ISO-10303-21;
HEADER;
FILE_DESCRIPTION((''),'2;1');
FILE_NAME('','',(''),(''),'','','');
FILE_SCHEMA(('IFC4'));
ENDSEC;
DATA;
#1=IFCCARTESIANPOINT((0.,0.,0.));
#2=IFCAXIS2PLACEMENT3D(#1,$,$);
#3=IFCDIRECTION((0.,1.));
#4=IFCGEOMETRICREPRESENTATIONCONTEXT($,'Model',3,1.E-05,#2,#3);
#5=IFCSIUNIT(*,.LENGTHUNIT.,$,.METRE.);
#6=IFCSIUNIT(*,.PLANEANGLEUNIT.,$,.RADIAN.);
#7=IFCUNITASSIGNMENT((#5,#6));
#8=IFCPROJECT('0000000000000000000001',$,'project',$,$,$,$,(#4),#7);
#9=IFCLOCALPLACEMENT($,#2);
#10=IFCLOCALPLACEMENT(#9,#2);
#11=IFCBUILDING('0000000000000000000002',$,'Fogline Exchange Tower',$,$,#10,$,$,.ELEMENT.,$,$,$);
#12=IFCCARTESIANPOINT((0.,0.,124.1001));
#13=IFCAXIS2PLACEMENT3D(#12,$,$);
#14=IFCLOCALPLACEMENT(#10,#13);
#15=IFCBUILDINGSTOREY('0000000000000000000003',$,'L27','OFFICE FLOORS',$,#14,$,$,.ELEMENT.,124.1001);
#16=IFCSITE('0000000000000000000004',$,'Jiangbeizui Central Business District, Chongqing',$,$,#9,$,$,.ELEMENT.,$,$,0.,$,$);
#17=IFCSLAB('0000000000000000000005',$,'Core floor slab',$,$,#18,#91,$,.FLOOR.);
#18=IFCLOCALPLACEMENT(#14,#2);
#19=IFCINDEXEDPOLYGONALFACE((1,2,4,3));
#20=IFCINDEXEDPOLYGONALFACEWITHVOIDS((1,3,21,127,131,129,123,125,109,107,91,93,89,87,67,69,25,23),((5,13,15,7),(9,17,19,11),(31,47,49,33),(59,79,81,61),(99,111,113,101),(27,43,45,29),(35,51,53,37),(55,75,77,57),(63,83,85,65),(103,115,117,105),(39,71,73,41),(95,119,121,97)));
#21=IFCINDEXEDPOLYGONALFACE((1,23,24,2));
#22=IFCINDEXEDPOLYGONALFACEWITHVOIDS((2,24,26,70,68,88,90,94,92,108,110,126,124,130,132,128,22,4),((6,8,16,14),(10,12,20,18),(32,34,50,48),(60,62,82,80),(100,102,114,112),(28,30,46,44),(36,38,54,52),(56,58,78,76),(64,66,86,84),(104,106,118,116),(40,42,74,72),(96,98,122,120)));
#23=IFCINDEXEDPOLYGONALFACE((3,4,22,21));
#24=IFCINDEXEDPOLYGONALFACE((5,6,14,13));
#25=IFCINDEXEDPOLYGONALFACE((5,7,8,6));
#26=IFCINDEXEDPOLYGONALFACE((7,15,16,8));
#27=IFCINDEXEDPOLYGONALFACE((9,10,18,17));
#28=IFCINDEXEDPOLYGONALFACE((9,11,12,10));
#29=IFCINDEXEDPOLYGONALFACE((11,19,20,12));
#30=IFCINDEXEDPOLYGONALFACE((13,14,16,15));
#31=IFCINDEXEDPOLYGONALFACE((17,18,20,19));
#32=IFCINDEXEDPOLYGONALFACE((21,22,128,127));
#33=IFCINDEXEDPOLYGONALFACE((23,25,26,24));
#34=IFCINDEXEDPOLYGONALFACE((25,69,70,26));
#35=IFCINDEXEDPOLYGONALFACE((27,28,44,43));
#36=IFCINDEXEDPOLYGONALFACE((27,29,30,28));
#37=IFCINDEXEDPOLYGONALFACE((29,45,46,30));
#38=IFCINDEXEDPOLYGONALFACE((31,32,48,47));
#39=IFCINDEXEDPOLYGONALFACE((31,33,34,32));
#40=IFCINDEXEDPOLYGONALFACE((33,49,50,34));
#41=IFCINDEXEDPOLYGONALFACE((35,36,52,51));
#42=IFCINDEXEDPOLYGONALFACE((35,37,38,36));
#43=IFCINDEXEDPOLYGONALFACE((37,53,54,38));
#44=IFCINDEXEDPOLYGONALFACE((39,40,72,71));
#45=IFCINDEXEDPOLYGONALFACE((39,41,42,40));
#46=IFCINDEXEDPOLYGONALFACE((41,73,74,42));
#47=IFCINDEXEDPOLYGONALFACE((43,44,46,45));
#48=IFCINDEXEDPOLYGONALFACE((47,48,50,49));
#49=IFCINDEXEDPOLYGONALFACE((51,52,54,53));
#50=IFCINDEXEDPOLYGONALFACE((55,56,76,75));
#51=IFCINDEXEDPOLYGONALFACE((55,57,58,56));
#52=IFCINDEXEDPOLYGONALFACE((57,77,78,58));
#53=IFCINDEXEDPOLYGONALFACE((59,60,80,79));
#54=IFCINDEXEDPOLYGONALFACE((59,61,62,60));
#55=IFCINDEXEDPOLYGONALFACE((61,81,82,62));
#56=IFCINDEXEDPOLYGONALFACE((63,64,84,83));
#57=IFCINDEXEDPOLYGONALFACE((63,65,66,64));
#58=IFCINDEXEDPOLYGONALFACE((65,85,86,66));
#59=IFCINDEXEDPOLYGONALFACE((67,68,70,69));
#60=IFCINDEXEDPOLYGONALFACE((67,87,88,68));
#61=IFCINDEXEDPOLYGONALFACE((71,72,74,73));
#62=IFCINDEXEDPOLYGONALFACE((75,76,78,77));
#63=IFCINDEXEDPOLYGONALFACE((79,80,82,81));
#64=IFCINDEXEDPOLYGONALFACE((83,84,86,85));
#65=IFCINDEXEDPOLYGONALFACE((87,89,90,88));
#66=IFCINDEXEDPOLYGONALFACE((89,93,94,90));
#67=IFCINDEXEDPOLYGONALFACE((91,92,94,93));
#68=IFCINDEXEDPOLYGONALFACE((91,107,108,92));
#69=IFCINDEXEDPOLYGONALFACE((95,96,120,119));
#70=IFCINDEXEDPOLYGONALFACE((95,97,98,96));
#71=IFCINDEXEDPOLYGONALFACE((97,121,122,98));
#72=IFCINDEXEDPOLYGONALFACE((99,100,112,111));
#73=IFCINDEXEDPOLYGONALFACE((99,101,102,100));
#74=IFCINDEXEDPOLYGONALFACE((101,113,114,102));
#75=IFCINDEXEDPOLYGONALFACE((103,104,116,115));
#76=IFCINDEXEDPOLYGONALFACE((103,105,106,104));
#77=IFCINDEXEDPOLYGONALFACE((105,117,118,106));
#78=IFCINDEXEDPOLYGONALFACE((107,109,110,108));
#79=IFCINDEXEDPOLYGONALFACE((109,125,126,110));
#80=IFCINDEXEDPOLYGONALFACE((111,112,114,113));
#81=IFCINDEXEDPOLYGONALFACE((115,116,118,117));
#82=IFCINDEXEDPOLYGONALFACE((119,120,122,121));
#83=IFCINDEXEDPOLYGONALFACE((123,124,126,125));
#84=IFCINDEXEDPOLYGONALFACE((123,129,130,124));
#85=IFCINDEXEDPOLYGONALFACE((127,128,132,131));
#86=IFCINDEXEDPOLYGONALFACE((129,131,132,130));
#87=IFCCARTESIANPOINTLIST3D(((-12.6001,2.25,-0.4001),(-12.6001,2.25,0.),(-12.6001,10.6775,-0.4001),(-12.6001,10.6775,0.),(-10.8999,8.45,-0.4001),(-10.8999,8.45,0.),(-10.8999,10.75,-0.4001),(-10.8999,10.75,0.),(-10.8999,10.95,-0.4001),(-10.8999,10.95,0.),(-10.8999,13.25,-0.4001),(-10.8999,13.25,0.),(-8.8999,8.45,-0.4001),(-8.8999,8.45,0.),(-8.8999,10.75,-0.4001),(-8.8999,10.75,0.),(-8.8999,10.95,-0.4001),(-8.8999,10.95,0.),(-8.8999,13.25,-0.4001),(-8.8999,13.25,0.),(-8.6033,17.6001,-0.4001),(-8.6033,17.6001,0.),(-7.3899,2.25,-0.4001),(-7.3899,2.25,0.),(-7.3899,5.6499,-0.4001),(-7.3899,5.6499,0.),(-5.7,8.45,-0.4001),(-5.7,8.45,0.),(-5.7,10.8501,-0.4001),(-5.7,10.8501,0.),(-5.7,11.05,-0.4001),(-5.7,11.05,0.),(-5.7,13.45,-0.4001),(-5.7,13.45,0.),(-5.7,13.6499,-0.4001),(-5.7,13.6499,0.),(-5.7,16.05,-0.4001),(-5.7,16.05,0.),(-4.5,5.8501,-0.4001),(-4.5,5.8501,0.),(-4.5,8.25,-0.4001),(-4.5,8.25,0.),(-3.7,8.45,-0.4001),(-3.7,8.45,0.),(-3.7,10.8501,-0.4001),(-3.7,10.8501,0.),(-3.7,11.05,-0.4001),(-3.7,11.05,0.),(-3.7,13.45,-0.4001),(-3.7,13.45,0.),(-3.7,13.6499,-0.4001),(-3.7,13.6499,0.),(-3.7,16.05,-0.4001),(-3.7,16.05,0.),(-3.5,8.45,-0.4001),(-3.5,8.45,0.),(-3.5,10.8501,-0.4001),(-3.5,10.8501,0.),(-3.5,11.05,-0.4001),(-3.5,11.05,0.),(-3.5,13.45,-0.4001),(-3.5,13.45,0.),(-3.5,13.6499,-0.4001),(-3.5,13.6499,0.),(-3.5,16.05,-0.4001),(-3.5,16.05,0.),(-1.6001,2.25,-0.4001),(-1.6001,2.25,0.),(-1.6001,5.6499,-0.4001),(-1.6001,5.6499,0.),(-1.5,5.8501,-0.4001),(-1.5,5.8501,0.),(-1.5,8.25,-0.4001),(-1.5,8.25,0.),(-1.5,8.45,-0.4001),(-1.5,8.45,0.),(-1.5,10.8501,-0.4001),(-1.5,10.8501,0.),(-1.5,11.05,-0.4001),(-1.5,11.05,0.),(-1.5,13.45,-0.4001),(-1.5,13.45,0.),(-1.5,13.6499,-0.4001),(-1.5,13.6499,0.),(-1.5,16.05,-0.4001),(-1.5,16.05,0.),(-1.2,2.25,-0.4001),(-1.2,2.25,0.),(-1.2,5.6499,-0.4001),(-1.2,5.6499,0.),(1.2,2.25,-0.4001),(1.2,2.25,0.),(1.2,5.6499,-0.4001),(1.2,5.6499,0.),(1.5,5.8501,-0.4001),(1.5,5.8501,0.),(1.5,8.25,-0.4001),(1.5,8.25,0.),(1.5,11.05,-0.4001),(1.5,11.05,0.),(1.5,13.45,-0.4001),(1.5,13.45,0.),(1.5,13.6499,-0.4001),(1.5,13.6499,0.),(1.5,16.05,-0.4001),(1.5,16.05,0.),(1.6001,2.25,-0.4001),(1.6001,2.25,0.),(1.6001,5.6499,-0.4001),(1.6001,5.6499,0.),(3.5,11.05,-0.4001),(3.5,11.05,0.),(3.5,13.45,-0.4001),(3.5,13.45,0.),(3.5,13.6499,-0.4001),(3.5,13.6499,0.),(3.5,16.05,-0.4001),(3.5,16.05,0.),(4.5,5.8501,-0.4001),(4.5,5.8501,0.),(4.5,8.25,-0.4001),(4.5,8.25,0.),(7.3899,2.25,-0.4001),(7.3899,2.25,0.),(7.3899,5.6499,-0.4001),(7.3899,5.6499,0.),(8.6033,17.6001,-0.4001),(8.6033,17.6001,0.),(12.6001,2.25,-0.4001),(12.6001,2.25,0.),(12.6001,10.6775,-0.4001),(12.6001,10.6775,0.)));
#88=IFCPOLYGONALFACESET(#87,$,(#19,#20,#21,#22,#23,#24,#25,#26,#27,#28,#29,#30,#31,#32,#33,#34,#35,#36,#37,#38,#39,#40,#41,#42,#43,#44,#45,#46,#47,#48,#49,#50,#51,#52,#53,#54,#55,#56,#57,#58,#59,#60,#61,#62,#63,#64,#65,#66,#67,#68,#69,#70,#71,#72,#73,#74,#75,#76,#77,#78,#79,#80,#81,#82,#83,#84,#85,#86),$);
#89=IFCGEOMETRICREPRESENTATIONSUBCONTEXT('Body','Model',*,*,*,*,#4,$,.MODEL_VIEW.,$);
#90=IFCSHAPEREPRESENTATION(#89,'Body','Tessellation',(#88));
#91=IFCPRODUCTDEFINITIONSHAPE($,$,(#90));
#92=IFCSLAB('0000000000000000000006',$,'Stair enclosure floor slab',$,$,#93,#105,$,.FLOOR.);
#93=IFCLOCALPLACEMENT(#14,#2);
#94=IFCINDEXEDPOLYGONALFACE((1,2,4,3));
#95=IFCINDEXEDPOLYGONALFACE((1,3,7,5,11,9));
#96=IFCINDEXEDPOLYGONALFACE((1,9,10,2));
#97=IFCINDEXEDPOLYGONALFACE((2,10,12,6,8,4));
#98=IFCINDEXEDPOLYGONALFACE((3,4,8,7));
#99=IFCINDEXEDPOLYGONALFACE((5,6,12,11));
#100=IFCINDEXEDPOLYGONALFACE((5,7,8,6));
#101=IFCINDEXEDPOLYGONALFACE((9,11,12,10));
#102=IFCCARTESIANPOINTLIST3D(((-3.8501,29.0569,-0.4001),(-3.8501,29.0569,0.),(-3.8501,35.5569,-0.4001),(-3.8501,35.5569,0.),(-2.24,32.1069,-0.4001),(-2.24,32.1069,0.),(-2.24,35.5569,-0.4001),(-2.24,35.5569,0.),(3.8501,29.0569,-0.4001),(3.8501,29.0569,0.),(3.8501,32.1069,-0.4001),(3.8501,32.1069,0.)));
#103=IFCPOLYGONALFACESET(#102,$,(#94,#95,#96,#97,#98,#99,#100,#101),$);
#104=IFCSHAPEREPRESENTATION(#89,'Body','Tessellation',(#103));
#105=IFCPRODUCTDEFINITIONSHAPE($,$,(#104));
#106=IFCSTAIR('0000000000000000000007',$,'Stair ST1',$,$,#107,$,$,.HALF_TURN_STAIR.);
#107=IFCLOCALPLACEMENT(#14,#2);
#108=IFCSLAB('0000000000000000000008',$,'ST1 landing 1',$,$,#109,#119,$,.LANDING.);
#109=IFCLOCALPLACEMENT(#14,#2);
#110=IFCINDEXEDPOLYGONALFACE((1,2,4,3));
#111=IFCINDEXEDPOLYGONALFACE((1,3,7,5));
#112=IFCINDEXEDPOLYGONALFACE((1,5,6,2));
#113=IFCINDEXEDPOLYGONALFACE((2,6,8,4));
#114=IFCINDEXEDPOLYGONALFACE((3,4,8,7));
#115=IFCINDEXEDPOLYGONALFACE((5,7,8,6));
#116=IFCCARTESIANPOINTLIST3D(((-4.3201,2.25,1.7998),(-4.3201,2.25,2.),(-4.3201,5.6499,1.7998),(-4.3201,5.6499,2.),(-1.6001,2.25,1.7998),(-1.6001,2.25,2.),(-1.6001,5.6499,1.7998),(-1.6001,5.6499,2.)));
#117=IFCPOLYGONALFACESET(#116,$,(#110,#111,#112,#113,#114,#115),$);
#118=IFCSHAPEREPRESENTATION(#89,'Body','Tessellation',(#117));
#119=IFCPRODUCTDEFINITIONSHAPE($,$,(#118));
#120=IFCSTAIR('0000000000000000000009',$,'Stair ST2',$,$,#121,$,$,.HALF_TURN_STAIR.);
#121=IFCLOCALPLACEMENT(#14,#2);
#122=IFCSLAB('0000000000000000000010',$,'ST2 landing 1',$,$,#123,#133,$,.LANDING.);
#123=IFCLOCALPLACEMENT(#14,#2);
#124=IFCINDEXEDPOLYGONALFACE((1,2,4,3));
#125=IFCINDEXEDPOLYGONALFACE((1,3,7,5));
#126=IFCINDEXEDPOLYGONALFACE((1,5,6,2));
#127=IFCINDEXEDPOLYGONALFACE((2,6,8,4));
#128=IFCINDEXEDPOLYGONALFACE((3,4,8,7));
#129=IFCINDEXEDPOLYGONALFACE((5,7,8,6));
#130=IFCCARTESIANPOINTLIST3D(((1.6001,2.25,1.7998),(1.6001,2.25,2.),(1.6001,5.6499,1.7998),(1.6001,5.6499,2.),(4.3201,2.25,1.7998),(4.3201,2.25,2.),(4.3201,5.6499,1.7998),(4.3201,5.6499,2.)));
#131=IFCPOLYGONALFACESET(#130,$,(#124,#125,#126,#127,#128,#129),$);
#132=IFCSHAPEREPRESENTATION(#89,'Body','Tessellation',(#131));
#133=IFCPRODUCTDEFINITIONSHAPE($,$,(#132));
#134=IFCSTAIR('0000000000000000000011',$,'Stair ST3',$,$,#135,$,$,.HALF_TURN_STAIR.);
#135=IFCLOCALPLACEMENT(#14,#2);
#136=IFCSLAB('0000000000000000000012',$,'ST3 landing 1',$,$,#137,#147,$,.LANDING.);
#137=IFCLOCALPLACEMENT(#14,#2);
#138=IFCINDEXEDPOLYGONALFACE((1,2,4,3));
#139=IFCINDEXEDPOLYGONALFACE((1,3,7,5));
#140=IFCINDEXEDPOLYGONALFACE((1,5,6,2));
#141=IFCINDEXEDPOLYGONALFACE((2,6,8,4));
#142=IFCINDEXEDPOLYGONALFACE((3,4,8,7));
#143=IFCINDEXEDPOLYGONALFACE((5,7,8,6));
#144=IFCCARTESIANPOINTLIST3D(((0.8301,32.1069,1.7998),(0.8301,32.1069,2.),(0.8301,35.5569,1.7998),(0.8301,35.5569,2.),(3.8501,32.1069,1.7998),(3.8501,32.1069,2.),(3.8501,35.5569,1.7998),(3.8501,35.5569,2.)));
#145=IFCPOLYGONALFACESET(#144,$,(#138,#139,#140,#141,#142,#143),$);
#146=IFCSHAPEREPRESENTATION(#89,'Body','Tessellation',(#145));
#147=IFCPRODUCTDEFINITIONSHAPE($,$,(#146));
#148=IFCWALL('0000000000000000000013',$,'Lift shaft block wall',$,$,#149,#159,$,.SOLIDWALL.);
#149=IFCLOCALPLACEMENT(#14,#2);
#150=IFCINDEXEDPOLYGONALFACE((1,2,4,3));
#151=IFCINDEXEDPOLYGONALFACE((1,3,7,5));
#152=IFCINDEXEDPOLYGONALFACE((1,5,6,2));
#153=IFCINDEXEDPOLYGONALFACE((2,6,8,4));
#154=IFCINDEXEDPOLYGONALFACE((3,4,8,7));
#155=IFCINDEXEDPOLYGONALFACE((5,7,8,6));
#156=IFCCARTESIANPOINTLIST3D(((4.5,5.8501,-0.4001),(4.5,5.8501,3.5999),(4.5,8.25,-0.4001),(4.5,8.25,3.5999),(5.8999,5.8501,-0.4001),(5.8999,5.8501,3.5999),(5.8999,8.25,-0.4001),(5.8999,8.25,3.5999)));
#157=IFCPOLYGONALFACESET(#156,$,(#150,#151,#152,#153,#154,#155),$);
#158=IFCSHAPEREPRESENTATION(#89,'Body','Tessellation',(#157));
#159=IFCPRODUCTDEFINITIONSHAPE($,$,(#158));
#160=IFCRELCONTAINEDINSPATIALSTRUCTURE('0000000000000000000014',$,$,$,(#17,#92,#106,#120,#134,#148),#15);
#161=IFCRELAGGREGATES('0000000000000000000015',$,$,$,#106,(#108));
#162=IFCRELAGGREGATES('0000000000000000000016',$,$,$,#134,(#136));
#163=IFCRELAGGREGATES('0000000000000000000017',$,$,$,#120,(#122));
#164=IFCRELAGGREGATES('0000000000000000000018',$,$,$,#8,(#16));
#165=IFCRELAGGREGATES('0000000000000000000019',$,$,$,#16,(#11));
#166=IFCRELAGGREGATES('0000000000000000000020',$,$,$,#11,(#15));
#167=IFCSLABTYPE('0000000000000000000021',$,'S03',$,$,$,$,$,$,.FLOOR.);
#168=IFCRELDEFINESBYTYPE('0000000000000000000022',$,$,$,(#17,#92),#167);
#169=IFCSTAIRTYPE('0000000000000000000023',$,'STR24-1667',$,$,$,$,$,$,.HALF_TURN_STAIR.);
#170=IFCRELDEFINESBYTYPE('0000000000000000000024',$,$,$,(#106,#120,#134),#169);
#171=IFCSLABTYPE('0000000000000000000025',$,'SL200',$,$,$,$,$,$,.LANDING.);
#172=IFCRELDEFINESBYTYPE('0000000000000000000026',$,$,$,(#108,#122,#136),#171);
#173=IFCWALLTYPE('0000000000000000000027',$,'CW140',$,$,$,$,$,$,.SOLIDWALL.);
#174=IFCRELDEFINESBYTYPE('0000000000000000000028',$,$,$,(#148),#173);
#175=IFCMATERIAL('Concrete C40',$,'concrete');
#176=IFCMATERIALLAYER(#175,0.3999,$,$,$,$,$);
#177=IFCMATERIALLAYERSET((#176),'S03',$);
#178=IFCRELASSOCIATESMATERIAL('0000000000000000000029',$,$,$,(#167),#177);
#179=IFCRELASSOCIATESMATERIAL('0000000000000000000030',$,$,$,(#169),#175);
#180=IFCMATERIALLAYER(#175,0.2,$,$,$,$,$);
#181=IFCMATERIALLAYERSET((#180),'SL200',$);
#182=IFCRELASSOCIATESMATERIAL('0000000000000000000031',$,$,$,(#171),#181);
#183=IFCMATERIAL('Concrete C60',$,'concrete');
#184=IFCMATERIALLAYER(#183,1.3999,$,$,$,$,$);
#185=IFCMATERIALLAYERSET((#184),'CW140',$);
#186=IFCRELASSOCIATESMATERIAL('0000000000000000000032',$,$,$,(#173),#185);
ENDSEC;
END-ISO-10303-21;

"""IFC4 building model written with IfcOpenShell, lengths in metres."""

from ifc_helpers import new_model, si_unit, direction, frame, frame_2d, origin, place, context, subcontext, project, spatial, polyline, rectangle, outline, extrude, material, layer, layer_set, type_object, element, aggregate, save


model = new_model("IFC4")

# Units and contexts
model_context = context("Model", 3, precision=1e-05, world=origin(), true_north=direction((0.0, 1.0)))
body_context = subcontext(model_context, "Body", "Model", "MODEL_VIEW")
ifc_project = project(units=[si_unit("LENGTHUNIT", "METRE"), si_unit("PLANEANGLEUNIT", "RADIAN")], contexts=[model_context])

# Site, building, storey
site_placement = place(None, origin())
site = spatial("IfcSite", under=ifc_project, at=site_placement, Name="Jiangbeizui Central Business District, Chongqing", CompositionType="ELEMENT", RefElevation=0.0)
building_placement = place(site_placement, origin())
building = spatial("IfcBuilding", under=site, at=building_placement, Name="Fogline Exchange Tower", CompositionType="ELEMENT")
storey_placement = place(building_placement, frame((0.0, 0.0, 124.1001)))
storey = spatial("IfcBuildingStorey", under=building, at=storey_placement, Name="L27", Description="OFFICE FLOORS", CompositionType="ELEMENT", Elevation=124.1001)

# Slabs
ifc_material_1 = material(Name="Concrete C40", Category="concrete")
ifc_layer_1 = layer(ifc_material_1, 0.3999)
ifc_layer_set_1 = layer_set([ifc_layer_1], Name="S03")
slab_type_1 = type_object("IfcSlabType", Name="S03", PredefinedType="FLOOR", material=ifc_layer_set_1)
slab_1_placement = place(storey_placement, frame((0.0, 0.0, -0.4001)))
element("IfcSlab", 1, at=slab_1_placement, inside=storey, type_object=slab_type_1, Name="Core floor slab", PredefinedType="FLOOR", context=body_context, shape_type="SweptSolid", body=[
    extrude(outline(polyline([(-12.6001, 2.25), (-12.6001, 10.6775), (-8.6033, 17.6001), (8.6033, 17.6001), (12.6001, 10.6775), (12.6001, 2.25), (7.3899, 2.25), (7.3899, 5.6499), (1.6001, 5.6499), (1.6001, 2.25), (1.2, 2.25), (1.2, 5.6499), (-1.2, 5.6499), (-1.2, 2.25), (-1.6001, 2.25), (-1.6001, 5.6499), (-7.3899, 5.6499), (-7.3899, 2.25), (-12.6001, 2.25)]), holes=[polyline([(-1.5, 8.25), (-4.5, 8.25), (-4.5, 5.8501), (-1.5, 5.8501), (-1.5, 8.25)]), polyline([(-8.8999, 10.75), (-10.8999, 10.75), (-10.8999, 8.45), (-8.8999, 8.45), (-8.8999, 10.75)]), polyline([(-3.7, 10.8501), (-5.7, 10.8501), (-5.7, 8.45), (-3.7, 8.45), (-3.7, 10.8501)]), polyline([(-1.5, 10.8501), (-3.5, 10.8501), (-3.5, 8.45), (-1.5, 8.45), (-1.5, 10.8501)]), polyline([(-8.8999, 13.25), (-10.8999, 13.25), (-10.8999, 10.95), (-8.8999, 10.95), (-8.8999, 13.25)]), polyline([(-3.7, 13.45), (-5.7, 13.45), (-5.7, 11.05), (-3.7, 11.05), (-3.7, 13.45)]), polyline([(-3.7, 16.05), (-5.7, 16.05), (-5.7, 13.6499), (-3.7, 13.6499), (-3.7, 16.05)]), polyline([(4.5, 8.25), (1.5, 8.25), (1.5, 5.8501), (4.5, 5.8501), (4.5, 8.25)]), polyline([(-1.5, 13.45), (-3.5, 13.45), (-3.5, 11.05), (-1.5, 11.05), (-1.5, 13.45)]), polyline([(3.5, 13.45), (1.5, 13.45), (1.5, 11.05), (3.5, 11.05), (3.5, 13.45)]), polyline([(-1.5, 16.05), (-3.5, 16.05), (-3.5, 13.6499), (-1.5, 13.6499), (-1.5, 16.05)]), polyline([(3.5, 16.05), (1.5, 16.05), (1.5, 13.6499), (3.5, 13.6499), (3.5, 16.05)])]), origin(), (0.0, 0.0, 1.0), 0.4001),
])
slab_2_placement = place(storey_placement, frame((0.0, 0.0, -0.4001)))
element("IfcSlab", 2, at=slab_2_placement, inside=storey, type_object=slab_type_1, Name="Stair enclosure floor slab", PredefinedType="FLOOR", context=body_context, shape_type="SweptSolid", body=[
    extrude(outline(polyline([(3.8501, 29.0569), (-3.8501, 29.0569), (-3.8501, 35.5569), (-2.24, 35.5569), (-2.24, 32.1069), (3.8501, 32.1069), (3.8501, 29.0569)])), origin(), (0.0, 0.0, 1.0), 0.4001),
])

# Stairs, slabs
stair_type = type_object("IfcStairType", Name="STR24-1667", PredefinedType="HALF_TURN_STAIR", material=ifc_material_1)
stair_1_placement = place(storey_placement, origin())
stair_1 = element("IfcStair", 3, at=stair_1_placement, inside=storey, type_object=stair_type, Name="Stair ST1", PredefinedType="HALF_TURN_STAIR")
ifc_layer_2 = layer(ifc_material_1, 0.2)
ifc_layer_set_2 = layer_set([ifc_layer_2], Name="SL200")
slab_type_2 = type_object("IfcSlabType", Name="SL200", PredefinedType="LANDING", material=ifc_layer_set_2)
slab_3_placement = place(storey_placement, frame((0.0, 0.0, 1.7998)))
slab_3 = element("IfcSlab", 4, at=slab_3_placement, type_object=slab_type_2, Name="ST1 landing 1", PredefinedType="LANDING", context=body_context, shape_type="SweptSolid", body=[
    extrude(outline(polyline([(-4.3201, 2.25), (-1.6001, 2.25), (-1.6001, 5.6499), (-4.3201, 5.6499), (-4.3201, 2.25)])), origin(), (0.0, 0.0, 1.0), 0.2002),
])
aggregate(stair_1, [slab_3])
stair_2_placement = place(storey_placement, origin())
stair_2 = element("IfcStair", 5, at=stair_2_placement, inside=storey, type_object=stair_type, Name="Stair ST2", PredefinedType="HALF_TURN_STAIR")
slab_4_placement = place(storey_placement, frame((0.0, 0.0, 1.7998)))
slab_4 = element("IfcSlab", 6, at=slab_4_placement, type_object=slab_type_2, Name="ST2 landing 1", PredefinedType="LANDING", context=body_context, shape_type="SweptSolid", body=[
    extrude(outline(polyline([(1.6001, 2.25), (4.3201, 2.25), (4.3201, 5.6499), (1.6001, 5.6499), (1.6001, 2.25)])), origin(), (0.0, 0.0, 1.0), 0.2002),
])
stair_3_placement = place(storey_placement, origin())
stair_3 = element("IfcStair", 7, at=stair_3_placement, inside=storey, type_object=stair_type, Name="Stair ST3", PredefinedType="HALF_TURN_STAIR")
slab_5_placement = place(storey_placement, frame((0.0, 0.0, 1.7998)))
slab_5 = element("IfcSlab", 8, at=slab_5_placement, type_object=slab_type_2, Name="ST3 landing 1", PredefinedType="LANDING", context=body_context, shape_type="SweptSolid", body=[
    extrude(outline(polyline([(0.8301, 32.1069), (3.8501, 32.1069), (3.8501, 35.5569), (0.8301, 35.5569), (0.8301, 32.1069)])), origin(), (0.0, 0.0, 1.0), 0.2002),
])
aggregate(stair_3, [slab_5])

# Wall
ifc_material_2 = material(Name="Concrete C60", Category="concrete")
ifc_layer_3 = layer(ifc_material_2, 1.3999)
ifc_layer_set_3 = layer_set([ifc_layer_3], Name="CW140")
wall_type_1 = type_object("IfcWallType", Name="CW140", PredefinedType="SOLIDWALL", material=ifc_layer_set_3)
wall_1_placement = place(storey_placement, frame((5.2, 5.8501, -0.4001), z_axis=(0.0, 0.0, 1.0), x_axis=(0.0, 1.0, 0.0)))
element("IfcWall", 9, at=wall_1_placement, inside=storey, type_object=wall_type_1, Name="Lift shaft block wall", PredefinedType="SOLIDWALL", context=body_context, shape_type="SweptSolid", body=[
    extrude(rectangle(XDim=2.3999, YDim=1.3999, at=frame_2d((1.2, 0.0))), origin(), (0.0, 0.0, 1.0), 4.0),
])

aggregate(stair_2, [slab_4])

save(model, "model.ifc")
